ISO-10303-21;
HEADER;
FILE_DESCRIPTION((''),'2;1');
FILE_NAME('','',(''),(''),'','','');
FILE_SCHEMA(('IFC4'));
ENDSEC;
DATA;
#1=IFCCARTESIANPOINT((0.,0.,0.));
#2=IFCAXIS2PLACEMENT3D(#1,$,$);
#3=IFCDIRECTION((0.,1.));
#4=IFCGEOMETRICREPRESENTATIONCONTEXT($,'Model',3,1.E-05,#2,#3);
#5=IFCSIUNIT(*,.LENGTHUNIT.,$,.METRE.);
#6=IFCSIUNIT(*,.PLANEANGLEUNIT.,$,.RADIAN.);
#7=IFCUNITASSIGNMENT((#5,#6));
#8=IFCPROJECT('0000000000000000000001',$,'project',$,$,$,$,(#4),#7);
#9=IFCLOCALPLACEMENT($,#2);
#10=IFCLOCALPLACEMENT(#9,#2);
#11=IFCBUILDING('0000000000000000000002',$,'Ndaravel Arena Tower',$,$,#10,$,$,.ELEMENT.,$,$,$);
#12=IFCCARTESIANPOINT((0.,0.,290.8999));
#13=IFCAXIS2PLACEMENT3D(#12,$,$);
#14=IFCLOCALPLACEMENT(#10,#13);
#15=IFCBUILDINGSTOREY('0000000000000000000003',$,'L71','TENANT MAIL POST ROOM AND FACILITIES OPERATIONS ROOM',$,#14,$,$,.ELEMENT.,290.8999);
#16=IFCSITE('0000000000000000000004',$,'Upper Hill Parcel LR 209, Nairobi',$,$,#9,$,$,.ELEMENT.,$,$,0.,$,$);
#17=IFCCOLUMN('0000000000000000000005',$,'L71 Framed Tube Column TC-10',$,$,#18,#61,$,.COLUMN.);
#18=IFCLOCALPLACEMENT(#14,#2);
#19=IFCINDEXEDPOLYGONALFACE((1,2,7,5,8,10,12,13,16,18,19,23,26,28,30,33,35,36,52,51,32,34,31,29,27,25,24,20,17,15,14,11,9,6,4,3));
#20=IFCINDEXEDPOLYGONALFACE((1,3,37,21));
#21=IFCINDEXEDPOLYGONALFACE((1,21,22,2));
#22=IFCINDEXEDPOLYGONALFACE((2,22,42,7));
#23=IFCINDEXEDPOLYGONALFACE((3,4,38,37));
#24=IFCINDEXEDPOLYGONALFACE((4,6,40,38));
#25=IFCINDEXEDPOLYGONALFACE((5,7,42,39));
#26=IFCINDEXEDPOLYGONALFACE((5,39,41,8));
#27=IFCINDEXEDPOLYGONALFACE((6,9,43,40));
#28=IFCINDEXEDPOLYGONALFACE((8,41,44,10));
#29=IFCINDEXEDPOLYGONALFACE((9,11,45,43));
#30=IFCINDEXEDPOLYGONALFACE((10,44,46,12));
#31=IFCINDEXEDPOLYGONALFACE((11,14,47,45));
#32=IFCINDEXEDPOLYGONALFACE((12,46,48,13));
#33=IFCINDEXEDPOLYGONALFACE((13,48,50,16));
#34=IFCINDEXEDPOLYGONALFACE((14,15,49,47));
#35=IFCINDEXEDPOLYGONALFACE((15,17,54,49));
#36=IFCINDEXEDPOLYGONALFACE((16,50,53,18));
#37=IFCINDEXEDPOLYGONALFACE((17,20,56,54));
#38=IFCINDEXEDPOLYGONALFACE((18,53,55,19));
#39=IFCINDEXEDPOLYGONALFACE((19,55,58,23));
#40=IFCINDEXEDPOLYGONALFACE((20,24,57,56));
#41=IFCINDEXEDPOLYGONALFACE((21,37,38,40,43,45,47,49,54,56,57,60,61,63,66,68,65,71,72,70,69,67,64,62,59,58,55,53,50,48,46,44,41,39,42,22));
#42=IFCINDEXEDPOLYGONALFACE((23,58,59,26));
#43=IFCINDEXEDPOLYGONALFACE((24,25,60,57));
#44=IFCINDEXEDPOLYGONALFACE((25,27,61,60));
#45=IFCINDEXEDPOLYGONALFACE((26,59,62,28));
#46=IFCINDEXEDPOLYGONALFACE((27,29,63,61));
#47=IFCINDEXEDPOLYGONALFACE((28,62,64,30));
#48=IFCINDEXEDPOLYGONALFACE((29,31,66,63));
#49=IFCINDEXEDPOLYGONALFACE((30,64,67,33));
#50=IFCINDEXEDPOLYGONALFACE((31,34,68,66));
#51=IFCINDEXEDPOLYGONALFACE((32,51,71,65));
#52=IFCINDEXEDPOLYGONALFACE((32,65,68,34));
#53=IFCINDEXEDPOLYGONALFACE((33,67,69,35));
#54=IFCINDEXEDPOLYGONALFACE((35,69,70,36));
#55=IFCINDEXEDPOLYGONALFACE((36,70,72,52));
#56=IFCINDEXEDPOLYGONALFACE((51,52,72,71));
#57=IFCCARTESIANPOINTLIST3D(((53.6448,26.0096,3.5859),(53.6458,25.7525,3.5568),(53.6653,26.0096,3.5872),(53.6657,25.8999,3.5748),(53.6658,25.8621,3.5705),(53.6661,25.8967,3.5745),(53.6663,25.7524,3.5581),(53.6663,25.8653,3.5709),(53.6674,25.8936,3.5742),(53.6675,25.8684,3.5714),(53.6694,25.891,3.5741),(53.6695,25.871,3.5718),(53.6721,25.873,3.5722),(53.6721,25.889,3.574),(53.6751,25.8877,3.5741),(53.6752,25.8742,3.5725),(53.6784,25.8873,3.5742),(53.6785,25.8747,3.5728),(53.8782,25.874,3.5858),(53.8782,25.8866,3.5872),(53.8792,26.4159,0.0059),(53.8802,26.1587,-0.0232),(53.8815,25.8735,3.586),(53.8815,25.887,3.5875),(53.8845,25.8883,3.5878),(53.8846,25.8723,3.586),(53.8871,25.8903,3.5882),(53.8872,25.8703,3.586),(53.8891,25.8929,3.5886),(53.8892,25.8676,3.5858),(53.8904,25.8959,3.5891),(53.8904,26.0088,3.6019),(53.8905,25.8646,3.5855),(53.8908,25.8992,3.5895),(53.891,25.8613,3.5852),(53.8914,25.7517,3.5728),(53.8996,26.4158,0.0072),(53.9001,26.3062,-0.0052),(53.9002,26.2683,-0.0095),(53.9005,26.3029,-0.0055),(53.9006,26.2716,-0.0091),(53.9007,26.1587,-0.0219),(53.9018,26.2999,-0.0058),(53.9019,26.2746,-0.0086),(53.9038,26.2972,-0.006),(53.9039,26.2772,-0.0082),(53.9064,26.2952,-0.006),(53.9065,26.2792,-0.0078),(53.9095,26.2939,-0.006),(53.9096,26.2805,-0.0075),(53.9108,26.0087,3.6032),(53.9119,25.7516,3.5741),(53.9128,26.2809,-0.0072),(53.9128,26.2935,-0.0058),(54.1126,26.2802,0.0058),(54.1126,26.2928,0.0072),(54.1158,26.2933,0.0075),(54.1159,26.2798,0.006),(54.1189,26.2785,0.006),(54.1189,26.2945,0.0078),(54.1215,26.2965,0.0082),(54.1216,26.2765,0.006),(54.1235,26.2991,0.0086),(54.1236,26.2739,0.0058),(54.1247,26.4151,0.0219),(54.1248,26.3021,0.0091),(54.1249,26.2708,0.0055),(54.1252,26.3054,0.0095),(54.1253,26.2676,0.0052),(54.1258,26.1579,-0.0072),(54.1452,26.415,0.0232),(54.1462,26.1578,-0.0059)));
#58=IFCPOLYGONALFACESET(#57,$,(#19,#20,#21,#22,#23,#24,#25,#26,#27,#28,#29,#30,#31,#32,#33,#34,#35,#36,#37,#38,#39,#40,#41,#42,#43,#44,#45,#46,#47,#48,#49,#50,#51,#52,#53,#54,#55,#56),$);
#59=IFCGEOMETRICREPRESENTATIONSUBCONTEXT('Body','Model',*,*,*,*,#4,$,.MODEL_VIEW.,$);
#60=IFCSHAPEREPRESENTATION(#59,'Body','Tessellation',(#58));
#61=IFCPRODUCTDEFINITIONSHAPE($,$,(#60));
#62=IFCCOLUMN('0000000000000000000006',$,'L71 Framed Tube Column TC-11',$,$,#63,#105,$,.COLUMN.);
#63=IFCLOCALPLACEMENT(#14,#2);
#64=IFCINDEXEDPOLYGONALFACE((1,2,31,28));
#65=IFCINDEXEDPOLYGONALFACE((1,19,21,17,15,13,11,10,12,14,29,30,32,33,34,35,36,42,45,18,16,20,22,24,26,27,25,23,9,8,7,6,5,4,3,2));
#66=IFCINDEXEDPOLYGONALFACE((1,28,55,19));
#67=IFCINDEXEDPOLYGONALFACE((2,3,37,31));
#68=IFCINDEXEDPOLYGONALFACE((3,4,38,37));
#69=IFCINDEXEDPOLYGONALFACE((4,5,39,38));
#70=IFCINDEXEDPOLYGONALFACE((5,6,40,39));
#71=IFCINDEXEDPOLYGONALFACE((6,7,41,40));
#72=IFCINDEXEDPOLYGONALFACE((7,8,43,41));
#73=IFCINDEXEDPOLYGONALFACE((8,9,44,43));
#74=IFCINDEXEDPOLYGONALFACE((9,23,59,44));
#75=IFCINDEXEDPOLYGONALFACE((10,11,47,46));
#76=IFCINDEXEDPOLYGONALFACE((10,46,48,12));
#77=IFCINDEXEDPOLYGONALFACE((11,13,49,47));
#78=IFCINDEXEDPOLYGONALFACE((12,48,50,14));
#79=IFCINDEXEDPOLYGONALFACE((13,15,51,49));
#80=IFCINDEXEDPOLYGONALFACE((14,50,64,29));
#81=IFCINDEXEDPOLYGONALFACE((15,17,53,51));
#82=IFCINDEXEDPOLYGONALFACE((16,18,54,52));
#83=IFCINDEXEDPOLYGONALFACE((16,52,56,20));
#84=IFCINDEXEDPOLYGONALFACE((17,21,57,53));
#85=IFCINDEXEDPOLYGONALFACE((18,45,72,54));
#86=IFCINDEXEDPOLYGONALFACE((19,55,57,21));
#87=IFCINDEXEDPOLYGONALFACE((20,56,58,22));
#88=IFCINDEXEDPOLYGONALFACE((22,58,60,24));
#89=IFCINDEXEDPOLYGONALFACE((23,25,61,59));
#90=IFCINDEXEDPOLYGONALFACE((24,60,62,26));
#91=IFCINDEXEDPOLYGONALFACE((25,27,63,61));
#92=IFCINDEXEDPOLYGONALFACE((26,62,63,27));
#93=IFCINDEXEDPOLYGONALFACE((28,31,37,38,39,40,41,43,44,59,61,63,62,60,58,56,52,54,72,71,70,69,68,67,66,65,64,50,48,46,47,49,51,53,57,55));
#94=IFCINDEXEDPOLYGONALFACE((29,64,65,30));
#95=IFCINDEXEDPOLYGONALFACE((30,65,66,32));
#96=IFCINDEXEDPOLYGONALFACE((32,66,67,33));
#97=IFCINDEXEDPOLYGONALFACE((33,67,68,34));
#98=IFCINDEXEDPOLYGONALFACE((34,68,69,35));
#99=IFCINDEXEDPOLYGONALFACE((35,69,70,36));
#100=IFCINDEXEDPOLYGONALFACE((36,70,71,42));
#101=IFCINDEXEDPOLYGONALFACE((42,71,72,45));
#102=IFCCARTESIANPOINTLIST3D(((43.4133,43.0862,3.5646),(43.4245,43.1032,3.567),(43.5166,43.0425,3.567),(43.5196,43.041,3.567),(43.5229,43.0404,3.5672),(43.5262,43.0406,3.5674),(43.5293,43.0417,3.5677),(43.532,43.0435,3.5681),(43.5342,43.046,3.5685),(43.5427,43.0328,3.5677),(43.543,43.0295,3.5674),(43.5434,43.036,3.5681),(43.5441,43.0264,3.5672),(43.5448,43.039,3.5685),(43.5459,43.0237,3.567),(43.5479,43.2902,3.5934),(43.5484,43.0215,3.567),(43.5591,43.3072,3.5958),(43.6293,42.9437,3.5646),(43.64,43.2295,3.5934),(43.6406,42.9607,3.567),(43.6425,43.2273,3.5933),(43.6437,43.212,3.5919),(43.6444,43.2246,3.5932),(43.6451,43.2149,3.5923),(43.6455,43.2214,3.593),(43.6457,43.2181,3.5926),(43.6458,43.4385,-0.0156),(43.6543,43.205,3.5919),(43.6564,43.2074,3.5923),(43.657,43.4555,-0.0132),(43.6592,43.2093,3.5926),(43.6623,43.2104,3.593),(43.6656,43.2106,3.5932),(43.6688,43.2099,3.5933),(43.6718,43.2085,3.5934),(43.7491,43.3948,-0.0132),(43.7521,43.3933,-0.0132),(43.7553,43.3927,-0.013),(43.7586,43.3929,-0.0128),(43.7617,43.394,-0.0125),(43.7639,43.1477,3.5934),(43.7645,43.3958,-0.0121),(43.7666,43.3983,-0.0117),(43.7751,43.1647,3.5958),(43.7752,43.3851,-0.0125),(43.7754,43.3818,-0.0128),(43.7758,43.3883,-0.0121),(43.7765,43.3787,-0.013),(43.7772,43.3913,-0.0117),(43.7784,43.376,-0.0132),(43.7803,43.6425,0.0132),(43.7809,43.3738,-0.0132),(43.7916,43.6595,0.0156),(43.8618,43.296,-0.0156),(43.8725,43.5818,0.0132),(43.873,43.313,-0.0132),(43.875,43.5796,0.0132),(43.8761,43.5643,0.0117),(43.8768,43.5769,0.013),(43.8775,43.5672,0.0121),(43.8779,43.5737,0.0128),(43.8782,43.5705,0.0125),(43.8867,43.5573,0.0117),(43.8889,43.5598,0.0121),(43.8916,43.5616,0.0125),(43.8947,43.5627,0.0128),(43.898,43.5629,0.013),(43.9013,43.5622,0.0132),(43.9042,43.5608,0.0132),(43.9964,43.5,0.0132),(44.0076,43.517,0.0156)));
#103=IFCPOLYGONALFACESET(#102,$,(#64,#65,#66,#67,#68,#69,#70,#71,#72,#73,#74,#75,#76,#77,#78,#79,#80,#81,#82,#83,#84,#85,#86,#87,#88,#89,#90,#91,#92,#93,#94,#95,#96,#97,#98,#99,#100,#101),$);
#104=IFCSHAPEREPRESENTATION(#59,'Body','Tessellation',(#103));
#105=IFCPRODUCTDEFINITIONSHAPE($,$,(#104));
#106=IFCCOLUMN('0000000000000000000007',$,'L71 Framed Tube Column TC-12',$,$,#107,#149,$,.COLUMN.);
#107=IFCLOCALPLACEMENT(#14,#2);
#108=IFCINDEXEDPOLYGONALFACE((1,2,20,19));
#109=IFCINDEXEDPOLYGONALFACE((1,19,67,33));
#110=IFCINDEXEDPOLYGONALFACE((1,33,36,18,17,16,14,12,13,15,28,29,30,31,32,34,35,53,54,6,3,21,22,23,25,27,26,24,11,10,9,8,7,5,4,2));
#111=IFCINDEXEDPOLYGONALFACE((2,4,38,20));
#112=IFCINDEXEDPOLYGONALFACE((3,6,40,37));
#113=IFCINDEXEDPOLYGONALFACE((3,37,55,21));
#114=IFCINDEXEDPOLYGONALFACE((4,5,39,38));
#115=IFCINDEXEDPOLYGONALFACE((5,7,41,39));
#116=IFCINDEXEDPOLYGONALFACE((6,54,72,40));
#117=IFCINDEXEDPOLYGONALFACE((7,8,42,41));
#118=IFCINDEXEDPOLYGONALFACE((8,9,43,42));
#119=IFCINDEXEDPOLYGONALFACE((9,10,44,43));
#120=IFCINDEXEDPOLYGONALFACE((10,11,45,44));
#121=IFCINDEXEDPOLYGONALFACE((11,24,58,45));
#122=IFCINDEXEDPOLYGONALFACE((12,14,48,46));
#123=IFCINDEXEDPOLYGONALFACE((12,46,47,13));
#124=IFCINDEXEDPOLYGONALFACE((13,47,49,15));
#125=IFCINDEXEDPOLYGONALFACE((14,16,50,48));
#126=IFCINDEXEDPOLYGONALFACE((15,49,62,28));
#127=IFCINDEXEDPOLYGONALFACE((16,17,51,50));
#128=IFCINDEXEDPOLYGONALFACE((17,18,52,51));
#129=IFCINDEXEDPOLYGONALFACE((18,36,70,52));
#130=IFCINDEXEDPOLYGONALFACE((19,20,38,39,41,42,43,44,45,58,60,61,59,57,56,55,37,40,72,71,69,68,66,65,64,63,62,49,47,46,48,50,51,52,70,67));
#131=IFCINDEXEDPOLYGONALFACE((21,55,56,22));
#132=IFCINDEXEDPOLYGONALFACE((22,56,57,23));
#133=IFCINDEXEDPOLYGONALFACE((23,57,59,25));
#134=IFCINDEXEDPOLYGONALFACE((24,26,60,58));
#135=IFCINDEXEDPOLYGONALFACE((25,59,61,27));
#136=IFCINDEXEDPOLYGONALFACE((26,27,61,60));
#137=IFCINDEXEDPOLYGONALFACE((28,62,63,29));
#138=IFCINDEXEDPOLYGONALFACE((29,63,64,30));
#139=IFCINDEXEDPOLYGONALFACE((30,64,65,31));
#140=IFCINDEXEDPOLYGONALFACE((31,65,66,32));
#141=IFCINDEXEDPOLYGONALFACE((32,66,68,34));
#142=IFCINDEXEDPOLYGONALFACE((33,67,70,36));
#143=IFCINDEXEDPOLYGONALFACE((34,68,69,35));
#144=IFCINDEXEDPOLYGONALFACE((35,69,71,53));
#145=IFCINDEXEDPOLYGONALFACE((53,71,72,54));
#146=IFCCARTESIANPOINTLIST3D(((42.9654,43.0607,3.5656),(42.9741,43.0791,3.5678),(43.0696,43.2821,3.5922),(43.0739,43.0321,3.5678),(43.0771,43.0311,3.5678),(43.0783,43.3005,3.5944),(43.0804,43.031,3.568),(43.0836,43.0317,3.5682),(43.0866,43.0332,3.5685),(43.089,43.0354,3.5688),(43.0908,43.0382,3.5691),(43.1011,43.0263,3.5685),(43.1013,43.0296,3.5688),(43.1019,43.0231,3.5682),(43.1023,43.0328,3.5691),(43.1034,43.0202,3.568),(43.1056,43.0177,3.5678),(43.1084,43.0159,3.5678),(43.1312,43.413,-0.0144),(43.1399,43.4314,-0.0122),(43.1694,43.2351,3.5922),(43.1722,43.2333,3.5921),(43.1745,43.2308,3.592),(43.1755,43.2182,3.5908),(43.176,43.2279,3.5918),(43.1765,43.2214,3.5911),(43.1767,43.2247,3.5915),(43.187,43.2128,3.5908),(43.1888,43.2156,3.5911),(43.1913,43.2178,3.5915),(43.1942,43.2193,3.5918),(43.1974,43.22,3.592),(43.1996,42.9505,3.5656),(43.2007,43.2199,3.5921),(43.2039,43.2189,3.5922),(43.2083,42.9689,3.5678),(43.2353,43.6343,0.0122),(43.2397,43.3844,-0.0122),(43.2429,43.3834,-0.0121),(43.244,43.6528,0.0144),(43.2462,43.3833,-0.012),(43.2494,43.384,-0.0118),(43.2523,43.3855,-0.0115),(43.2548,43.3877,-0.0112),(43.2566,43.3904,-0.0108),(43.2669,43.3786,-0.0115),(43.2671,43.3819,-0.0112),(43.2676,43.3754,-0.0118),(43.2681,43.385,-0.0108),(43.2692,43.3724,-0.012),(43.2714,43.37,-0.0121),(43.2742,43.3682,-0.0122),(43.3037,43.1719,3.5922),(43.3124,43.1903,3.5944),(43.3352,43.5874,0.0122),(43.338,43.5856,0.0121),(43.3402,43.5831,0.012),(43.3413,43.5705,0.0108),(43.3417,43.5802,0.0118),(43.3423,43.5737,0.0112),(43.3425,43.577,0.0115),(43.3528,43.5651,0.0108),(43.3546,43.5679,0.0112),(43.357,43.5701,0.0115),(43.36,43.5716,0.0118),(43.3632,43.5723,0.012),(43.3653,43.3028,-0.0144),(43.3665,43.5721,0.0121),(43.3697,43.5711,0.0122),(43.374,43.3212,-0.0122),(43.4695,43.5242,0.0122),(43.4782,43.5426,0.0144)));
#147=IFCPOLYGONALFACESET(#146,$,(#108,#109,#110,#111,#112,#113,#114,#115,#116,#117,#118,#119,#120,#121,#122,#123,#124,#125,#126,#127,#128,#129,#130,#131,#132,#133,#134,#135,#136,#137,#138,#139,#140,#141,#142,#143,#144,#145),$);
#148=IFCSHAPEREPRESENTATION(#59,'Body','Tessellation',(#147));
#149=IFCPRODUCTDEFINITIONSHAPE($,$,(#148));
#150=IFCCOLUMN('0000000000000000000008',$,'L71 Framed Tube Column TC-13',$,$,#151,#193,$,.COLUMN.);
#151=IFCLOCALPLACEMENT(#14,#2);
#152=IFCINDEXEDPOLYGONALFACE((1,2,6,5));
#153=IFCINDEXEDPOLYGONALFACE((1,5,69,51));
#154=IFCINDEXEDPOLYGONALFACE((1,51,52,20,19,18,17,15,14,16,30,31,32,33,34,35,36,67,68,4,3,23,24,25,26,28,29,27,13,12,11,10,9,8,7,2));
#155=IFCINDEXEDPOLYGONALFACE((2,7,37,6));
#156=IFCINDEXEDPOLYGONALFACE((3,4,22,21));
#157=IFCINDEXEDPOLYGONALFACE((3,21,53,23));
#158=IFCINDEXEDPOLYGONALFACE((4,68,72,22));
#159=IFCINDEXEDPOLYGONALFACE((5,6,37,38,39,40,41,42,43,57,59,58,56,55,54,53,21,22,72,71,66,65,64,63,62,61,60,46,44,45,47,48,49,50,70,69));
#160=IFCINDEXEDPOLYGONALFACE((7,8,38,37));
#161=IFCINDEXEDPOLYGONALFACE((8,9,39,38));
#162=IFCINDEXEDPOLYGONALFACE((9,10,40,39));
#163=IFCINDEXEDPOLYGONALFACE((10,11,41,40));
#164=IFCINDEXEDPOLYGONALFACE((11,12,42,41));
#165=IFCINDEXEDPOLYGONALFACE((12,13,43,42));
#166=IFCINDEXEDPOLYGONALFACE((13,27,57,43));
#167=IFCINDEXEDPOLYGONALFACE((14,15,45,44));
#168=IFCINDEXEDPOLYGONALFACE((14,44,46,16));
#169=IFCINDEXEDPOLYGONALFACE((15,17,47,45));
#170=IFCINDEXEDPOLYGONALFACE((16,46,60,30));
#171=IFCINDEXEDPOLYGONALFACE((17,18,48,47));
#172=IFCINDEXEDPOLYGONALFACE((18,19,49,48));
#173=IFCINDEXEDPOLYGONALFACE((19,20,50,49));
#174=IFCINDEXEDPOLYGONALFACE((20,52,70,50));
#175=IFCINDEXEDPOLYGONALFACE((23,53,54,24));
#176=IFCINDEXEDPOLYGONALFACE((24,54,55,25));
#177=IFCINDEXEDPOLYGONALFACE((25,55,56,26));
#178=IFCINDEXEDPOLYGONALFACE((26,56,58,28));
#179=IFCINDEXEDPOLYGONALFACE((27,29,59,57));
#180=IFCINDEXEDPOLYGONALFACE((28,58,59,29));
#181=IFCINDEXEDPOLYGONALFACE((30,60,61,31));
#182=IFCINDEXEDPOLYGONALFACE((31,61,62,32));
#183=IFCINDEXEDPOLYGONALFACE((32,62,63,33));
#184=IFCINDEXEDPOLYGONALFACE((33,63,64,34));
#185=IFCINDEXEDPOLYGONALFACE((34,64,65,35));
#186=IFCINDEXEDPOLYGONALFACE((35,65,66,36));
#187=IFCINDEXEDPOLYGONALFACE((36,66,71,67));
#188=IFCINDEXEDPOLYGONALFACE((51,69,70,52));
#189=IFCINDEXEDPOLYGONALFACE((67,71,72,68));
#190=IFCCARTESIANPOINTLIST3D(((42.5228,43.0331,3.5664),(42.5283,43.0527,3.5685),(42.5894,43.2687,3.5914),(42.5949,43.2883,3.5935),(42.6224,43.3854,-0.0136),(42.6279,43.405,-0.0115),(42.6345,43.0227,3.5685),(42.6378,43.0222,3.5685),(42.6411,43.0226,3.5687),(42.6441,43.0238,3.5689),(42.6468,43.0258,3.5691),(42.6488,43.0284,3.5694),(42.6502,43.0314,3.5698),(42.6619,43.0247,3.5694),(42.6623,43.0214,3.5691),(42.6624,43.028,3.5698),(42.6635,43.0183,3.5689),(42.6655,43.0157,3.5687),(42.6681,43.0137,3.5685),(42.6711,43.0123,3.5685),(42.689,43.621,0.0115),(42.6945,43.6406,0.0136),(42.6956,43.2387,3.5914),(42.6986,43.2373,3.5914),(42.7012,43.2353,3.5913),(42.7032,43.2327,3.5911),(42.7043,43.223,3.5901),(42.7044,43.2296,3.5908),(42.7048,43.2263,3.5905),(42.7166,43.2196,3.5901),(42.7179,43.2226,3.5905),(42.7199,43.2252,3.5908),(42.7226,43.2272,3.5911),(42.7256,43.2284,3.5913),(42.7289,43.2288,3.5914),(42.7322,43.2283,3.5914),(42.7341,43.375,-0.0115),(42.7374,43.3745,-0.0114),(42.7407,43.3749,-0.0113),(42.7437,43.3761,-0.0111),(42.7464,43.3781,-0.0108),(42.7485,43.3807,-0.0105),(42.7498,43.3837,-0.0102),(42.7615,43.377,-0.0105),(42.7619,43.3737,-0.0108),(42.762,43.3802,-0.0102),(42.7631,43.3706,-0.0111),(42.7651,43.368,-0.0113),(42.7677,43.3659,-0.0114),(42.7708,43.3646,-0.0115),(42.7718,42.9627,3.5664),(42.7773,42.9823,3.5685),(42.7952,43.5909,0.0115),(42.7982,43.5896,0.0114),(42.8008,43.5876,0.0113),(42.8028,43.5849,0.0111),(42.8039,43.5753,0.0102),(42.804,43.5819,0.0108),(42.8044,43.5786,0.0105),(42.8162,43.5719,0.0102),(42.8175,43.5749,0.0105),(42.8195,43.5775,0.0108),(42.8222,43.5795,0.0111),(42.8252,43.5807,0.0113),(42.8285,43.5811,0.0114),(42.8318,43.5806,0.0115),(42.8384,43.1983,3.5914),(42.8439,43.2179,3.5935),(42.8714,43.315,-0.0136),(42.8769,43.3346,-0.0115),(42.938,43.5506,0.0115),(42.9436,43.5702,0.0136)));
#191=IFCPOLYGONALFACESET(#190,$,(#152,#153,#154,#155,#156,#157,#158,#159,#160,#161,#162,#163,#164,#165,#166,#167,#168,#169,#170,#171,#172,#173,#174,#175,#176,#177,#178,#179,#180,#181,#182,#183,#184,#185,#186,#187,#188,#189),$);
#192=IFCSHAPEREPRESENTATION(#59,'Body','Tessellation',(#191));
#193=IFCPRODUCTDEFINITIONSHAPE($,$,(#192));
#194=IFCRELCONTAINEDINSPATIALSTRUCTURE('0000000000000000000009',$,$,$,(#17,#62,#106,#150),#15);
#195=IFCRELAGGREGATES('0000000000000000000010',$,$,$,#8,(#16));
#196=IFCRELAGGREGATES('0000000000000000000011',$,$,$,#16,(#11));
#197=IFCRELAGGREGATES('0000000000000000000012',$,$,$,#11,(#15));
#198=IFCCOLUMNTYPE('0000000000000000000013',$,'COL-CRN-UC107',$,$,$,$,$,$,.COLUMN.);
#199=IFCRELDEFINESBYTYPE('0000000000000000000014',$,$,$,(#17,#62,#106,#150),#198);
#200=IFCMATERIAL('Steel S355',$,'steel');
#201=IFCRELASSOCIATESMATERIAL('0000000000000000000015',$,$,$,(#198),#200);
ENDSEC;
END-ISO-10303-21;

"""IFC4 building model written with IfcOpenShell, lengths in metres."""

from ifc_helpers import new_model, si_unit, direction, frame, origin, origin_2d, place, context, subcontext, project, spatial, i_section, extrude, material, material_profile, profile_set, type_object, element, save


model = new_model("IFC4")

# Units and contexts
model_context = context("Model", 3, precision=1e-05, world=origin(), true_north=direction((0.0, 1.0)))
body_context = subcontext(model_context, "Body", "Model", "MODEL_VIEW")
ifc_project = project(units=[si_unit("LENGTHUNIT", "METRE"), si_unit("PLANEANGLEUNIT", "RADIAN")], contexts=[model_context])

# Site, building, storey
site_placement = place(None, origin())
site = spatial("IfcSite", under=ifc_project, at=site_placement, Name="Upper Hill Parcel LR 209, Nairobi", CompositionType="ELEMENT", RefElevation=0.0)
building_placement = place(site_placement, origin())
building = spatial("IfcBuilding", under=site, at=building_placement, Name="Ndaravel Arena Tower", CompositionType="ELEMENT")
storey_placement = place(building_placement, frame((0.0, 0.0, 290.8999)))
storey = spatial("IfcBuildingStorey", under=building, at=storey_placement, Name="L71", Description="TENANT MAIL POST ROOM AND FACILITIES OPERATIONS ROOM", CompositionType="ELEMENT", Elevation=290.8999)

# Columns
ifc_material_1 = material(Name="Steel S355", Category="steel")
ifc_material_profile_1 = material_profile(ifc_material_1, i_section(OverallWidth=0.2588, OverallDepth=0.2666, WebThickness=0.0127, FlangeThickness=0.0205, FilletRadius=0.0127, at=origin_2d()), Name="UC 254x254x107")
ifc_profile_set_1 = profile_set([ifc_material_profile_1], Name="Steel S355")
column_type = type_object("IfcColumnType", Name="COL-CRN-UC107", PredefinedType="COLUMN", material=ifc_profile_set_1)
column_1_placement = place(storey_placement, frame((54.0127, 26.2869, 0.0), z_axis=(-0.064912, -0.112514, 0.991528), x_axis=(-0.003987, 0.993645, 0.112493)))
element("IfcColumn", 1, at=column_1_placement, inside=storey, type_object=column_type, Name="L71 Framed Tube Column TC-10", PredefinedType="COLUMN", context=body_context, shape_type="SweptSolid", body=[
    extrude(i_section(OverallWidth=0.2588, OverallDepth=0.2666, WebThickness=0.0127, FlangeThickness=0.0205, FilletRadius=0.0127, at=origin_2d()), origin(), (0.0, 0.0, 1.0), 3.6106),
])
column_2_placement = place(storey_placement, frame((43.8267, 43.4778, 0.0), z_axis=(-0.064474, -0.097727, 0.993123), x_axis=(0.83471, -0.550689, 0.0)))
element("IfcColumn", 2, at=column_2_placement, inside=storey, type_object=column_type, Name="L71 Framed Tube Column TC-11", PredefinedType="COLUMN", context=body_context, shape_type="SweptSolid", body=[
    extrude(i_section(OverallWidth=0.2588, OverallDepth=0.2666, WebThickness=0.0127, FlangeThickness=0.0205, FilletRadius=0.0127, at=origin_2d()), origin(), (0.0, 0.0, 1.0), 3.605),
])
column_3_placement = place(storey_placement, frame((43.3047, 43.4778, 0.0), z_axis=(-0.046032, -0.097827, 0.994138), x_axis=(0.904833, -0.425767, 0.0)))
element("IfcColumn", 3, at=column_3_placement, inside=storey, type_object=column_type, Name="L71 Framed Tube Column TC-12", PredefinedType="COLUMN", context=body_context, shape_type="SweptSolid", body=[
    extrude(i_section(OverallWidth=0.2588, OverallDepth=0.2666, WebThickness=0.0127, FlangeThickness=0.0205, FilletRadius=0.0127, at=origin_2d()), origin(), (0.0, 0.0, 1.0), 3.6011),
])
column_4_placement = place(storey_placement, frame((42.783, 43.4778, 0.0), z_axis=(-0.027679, -0.097894, 0.994812), x_axis=(0.962275, -0.272078, 0.0)))
element("IfcColumn", 4, at=column_4_placement, inside=storey, type_object=column_type, Name="L71 Framed Tube Column TC-13", PredefinedType="COLUMN", context=body_context, shape_type="SweptSolid", body=[
    extrude(i_section(OverallWidth=0.2588, OverallDepth=0.2666, WebThickness=0.0127, FlangeThickness=0.0205, FilletRadius=0.0127, at=origin_2d()), origin(), (0.0, 0.0, 1.0), 3.5986),
])

save(model, "model.ifc")
